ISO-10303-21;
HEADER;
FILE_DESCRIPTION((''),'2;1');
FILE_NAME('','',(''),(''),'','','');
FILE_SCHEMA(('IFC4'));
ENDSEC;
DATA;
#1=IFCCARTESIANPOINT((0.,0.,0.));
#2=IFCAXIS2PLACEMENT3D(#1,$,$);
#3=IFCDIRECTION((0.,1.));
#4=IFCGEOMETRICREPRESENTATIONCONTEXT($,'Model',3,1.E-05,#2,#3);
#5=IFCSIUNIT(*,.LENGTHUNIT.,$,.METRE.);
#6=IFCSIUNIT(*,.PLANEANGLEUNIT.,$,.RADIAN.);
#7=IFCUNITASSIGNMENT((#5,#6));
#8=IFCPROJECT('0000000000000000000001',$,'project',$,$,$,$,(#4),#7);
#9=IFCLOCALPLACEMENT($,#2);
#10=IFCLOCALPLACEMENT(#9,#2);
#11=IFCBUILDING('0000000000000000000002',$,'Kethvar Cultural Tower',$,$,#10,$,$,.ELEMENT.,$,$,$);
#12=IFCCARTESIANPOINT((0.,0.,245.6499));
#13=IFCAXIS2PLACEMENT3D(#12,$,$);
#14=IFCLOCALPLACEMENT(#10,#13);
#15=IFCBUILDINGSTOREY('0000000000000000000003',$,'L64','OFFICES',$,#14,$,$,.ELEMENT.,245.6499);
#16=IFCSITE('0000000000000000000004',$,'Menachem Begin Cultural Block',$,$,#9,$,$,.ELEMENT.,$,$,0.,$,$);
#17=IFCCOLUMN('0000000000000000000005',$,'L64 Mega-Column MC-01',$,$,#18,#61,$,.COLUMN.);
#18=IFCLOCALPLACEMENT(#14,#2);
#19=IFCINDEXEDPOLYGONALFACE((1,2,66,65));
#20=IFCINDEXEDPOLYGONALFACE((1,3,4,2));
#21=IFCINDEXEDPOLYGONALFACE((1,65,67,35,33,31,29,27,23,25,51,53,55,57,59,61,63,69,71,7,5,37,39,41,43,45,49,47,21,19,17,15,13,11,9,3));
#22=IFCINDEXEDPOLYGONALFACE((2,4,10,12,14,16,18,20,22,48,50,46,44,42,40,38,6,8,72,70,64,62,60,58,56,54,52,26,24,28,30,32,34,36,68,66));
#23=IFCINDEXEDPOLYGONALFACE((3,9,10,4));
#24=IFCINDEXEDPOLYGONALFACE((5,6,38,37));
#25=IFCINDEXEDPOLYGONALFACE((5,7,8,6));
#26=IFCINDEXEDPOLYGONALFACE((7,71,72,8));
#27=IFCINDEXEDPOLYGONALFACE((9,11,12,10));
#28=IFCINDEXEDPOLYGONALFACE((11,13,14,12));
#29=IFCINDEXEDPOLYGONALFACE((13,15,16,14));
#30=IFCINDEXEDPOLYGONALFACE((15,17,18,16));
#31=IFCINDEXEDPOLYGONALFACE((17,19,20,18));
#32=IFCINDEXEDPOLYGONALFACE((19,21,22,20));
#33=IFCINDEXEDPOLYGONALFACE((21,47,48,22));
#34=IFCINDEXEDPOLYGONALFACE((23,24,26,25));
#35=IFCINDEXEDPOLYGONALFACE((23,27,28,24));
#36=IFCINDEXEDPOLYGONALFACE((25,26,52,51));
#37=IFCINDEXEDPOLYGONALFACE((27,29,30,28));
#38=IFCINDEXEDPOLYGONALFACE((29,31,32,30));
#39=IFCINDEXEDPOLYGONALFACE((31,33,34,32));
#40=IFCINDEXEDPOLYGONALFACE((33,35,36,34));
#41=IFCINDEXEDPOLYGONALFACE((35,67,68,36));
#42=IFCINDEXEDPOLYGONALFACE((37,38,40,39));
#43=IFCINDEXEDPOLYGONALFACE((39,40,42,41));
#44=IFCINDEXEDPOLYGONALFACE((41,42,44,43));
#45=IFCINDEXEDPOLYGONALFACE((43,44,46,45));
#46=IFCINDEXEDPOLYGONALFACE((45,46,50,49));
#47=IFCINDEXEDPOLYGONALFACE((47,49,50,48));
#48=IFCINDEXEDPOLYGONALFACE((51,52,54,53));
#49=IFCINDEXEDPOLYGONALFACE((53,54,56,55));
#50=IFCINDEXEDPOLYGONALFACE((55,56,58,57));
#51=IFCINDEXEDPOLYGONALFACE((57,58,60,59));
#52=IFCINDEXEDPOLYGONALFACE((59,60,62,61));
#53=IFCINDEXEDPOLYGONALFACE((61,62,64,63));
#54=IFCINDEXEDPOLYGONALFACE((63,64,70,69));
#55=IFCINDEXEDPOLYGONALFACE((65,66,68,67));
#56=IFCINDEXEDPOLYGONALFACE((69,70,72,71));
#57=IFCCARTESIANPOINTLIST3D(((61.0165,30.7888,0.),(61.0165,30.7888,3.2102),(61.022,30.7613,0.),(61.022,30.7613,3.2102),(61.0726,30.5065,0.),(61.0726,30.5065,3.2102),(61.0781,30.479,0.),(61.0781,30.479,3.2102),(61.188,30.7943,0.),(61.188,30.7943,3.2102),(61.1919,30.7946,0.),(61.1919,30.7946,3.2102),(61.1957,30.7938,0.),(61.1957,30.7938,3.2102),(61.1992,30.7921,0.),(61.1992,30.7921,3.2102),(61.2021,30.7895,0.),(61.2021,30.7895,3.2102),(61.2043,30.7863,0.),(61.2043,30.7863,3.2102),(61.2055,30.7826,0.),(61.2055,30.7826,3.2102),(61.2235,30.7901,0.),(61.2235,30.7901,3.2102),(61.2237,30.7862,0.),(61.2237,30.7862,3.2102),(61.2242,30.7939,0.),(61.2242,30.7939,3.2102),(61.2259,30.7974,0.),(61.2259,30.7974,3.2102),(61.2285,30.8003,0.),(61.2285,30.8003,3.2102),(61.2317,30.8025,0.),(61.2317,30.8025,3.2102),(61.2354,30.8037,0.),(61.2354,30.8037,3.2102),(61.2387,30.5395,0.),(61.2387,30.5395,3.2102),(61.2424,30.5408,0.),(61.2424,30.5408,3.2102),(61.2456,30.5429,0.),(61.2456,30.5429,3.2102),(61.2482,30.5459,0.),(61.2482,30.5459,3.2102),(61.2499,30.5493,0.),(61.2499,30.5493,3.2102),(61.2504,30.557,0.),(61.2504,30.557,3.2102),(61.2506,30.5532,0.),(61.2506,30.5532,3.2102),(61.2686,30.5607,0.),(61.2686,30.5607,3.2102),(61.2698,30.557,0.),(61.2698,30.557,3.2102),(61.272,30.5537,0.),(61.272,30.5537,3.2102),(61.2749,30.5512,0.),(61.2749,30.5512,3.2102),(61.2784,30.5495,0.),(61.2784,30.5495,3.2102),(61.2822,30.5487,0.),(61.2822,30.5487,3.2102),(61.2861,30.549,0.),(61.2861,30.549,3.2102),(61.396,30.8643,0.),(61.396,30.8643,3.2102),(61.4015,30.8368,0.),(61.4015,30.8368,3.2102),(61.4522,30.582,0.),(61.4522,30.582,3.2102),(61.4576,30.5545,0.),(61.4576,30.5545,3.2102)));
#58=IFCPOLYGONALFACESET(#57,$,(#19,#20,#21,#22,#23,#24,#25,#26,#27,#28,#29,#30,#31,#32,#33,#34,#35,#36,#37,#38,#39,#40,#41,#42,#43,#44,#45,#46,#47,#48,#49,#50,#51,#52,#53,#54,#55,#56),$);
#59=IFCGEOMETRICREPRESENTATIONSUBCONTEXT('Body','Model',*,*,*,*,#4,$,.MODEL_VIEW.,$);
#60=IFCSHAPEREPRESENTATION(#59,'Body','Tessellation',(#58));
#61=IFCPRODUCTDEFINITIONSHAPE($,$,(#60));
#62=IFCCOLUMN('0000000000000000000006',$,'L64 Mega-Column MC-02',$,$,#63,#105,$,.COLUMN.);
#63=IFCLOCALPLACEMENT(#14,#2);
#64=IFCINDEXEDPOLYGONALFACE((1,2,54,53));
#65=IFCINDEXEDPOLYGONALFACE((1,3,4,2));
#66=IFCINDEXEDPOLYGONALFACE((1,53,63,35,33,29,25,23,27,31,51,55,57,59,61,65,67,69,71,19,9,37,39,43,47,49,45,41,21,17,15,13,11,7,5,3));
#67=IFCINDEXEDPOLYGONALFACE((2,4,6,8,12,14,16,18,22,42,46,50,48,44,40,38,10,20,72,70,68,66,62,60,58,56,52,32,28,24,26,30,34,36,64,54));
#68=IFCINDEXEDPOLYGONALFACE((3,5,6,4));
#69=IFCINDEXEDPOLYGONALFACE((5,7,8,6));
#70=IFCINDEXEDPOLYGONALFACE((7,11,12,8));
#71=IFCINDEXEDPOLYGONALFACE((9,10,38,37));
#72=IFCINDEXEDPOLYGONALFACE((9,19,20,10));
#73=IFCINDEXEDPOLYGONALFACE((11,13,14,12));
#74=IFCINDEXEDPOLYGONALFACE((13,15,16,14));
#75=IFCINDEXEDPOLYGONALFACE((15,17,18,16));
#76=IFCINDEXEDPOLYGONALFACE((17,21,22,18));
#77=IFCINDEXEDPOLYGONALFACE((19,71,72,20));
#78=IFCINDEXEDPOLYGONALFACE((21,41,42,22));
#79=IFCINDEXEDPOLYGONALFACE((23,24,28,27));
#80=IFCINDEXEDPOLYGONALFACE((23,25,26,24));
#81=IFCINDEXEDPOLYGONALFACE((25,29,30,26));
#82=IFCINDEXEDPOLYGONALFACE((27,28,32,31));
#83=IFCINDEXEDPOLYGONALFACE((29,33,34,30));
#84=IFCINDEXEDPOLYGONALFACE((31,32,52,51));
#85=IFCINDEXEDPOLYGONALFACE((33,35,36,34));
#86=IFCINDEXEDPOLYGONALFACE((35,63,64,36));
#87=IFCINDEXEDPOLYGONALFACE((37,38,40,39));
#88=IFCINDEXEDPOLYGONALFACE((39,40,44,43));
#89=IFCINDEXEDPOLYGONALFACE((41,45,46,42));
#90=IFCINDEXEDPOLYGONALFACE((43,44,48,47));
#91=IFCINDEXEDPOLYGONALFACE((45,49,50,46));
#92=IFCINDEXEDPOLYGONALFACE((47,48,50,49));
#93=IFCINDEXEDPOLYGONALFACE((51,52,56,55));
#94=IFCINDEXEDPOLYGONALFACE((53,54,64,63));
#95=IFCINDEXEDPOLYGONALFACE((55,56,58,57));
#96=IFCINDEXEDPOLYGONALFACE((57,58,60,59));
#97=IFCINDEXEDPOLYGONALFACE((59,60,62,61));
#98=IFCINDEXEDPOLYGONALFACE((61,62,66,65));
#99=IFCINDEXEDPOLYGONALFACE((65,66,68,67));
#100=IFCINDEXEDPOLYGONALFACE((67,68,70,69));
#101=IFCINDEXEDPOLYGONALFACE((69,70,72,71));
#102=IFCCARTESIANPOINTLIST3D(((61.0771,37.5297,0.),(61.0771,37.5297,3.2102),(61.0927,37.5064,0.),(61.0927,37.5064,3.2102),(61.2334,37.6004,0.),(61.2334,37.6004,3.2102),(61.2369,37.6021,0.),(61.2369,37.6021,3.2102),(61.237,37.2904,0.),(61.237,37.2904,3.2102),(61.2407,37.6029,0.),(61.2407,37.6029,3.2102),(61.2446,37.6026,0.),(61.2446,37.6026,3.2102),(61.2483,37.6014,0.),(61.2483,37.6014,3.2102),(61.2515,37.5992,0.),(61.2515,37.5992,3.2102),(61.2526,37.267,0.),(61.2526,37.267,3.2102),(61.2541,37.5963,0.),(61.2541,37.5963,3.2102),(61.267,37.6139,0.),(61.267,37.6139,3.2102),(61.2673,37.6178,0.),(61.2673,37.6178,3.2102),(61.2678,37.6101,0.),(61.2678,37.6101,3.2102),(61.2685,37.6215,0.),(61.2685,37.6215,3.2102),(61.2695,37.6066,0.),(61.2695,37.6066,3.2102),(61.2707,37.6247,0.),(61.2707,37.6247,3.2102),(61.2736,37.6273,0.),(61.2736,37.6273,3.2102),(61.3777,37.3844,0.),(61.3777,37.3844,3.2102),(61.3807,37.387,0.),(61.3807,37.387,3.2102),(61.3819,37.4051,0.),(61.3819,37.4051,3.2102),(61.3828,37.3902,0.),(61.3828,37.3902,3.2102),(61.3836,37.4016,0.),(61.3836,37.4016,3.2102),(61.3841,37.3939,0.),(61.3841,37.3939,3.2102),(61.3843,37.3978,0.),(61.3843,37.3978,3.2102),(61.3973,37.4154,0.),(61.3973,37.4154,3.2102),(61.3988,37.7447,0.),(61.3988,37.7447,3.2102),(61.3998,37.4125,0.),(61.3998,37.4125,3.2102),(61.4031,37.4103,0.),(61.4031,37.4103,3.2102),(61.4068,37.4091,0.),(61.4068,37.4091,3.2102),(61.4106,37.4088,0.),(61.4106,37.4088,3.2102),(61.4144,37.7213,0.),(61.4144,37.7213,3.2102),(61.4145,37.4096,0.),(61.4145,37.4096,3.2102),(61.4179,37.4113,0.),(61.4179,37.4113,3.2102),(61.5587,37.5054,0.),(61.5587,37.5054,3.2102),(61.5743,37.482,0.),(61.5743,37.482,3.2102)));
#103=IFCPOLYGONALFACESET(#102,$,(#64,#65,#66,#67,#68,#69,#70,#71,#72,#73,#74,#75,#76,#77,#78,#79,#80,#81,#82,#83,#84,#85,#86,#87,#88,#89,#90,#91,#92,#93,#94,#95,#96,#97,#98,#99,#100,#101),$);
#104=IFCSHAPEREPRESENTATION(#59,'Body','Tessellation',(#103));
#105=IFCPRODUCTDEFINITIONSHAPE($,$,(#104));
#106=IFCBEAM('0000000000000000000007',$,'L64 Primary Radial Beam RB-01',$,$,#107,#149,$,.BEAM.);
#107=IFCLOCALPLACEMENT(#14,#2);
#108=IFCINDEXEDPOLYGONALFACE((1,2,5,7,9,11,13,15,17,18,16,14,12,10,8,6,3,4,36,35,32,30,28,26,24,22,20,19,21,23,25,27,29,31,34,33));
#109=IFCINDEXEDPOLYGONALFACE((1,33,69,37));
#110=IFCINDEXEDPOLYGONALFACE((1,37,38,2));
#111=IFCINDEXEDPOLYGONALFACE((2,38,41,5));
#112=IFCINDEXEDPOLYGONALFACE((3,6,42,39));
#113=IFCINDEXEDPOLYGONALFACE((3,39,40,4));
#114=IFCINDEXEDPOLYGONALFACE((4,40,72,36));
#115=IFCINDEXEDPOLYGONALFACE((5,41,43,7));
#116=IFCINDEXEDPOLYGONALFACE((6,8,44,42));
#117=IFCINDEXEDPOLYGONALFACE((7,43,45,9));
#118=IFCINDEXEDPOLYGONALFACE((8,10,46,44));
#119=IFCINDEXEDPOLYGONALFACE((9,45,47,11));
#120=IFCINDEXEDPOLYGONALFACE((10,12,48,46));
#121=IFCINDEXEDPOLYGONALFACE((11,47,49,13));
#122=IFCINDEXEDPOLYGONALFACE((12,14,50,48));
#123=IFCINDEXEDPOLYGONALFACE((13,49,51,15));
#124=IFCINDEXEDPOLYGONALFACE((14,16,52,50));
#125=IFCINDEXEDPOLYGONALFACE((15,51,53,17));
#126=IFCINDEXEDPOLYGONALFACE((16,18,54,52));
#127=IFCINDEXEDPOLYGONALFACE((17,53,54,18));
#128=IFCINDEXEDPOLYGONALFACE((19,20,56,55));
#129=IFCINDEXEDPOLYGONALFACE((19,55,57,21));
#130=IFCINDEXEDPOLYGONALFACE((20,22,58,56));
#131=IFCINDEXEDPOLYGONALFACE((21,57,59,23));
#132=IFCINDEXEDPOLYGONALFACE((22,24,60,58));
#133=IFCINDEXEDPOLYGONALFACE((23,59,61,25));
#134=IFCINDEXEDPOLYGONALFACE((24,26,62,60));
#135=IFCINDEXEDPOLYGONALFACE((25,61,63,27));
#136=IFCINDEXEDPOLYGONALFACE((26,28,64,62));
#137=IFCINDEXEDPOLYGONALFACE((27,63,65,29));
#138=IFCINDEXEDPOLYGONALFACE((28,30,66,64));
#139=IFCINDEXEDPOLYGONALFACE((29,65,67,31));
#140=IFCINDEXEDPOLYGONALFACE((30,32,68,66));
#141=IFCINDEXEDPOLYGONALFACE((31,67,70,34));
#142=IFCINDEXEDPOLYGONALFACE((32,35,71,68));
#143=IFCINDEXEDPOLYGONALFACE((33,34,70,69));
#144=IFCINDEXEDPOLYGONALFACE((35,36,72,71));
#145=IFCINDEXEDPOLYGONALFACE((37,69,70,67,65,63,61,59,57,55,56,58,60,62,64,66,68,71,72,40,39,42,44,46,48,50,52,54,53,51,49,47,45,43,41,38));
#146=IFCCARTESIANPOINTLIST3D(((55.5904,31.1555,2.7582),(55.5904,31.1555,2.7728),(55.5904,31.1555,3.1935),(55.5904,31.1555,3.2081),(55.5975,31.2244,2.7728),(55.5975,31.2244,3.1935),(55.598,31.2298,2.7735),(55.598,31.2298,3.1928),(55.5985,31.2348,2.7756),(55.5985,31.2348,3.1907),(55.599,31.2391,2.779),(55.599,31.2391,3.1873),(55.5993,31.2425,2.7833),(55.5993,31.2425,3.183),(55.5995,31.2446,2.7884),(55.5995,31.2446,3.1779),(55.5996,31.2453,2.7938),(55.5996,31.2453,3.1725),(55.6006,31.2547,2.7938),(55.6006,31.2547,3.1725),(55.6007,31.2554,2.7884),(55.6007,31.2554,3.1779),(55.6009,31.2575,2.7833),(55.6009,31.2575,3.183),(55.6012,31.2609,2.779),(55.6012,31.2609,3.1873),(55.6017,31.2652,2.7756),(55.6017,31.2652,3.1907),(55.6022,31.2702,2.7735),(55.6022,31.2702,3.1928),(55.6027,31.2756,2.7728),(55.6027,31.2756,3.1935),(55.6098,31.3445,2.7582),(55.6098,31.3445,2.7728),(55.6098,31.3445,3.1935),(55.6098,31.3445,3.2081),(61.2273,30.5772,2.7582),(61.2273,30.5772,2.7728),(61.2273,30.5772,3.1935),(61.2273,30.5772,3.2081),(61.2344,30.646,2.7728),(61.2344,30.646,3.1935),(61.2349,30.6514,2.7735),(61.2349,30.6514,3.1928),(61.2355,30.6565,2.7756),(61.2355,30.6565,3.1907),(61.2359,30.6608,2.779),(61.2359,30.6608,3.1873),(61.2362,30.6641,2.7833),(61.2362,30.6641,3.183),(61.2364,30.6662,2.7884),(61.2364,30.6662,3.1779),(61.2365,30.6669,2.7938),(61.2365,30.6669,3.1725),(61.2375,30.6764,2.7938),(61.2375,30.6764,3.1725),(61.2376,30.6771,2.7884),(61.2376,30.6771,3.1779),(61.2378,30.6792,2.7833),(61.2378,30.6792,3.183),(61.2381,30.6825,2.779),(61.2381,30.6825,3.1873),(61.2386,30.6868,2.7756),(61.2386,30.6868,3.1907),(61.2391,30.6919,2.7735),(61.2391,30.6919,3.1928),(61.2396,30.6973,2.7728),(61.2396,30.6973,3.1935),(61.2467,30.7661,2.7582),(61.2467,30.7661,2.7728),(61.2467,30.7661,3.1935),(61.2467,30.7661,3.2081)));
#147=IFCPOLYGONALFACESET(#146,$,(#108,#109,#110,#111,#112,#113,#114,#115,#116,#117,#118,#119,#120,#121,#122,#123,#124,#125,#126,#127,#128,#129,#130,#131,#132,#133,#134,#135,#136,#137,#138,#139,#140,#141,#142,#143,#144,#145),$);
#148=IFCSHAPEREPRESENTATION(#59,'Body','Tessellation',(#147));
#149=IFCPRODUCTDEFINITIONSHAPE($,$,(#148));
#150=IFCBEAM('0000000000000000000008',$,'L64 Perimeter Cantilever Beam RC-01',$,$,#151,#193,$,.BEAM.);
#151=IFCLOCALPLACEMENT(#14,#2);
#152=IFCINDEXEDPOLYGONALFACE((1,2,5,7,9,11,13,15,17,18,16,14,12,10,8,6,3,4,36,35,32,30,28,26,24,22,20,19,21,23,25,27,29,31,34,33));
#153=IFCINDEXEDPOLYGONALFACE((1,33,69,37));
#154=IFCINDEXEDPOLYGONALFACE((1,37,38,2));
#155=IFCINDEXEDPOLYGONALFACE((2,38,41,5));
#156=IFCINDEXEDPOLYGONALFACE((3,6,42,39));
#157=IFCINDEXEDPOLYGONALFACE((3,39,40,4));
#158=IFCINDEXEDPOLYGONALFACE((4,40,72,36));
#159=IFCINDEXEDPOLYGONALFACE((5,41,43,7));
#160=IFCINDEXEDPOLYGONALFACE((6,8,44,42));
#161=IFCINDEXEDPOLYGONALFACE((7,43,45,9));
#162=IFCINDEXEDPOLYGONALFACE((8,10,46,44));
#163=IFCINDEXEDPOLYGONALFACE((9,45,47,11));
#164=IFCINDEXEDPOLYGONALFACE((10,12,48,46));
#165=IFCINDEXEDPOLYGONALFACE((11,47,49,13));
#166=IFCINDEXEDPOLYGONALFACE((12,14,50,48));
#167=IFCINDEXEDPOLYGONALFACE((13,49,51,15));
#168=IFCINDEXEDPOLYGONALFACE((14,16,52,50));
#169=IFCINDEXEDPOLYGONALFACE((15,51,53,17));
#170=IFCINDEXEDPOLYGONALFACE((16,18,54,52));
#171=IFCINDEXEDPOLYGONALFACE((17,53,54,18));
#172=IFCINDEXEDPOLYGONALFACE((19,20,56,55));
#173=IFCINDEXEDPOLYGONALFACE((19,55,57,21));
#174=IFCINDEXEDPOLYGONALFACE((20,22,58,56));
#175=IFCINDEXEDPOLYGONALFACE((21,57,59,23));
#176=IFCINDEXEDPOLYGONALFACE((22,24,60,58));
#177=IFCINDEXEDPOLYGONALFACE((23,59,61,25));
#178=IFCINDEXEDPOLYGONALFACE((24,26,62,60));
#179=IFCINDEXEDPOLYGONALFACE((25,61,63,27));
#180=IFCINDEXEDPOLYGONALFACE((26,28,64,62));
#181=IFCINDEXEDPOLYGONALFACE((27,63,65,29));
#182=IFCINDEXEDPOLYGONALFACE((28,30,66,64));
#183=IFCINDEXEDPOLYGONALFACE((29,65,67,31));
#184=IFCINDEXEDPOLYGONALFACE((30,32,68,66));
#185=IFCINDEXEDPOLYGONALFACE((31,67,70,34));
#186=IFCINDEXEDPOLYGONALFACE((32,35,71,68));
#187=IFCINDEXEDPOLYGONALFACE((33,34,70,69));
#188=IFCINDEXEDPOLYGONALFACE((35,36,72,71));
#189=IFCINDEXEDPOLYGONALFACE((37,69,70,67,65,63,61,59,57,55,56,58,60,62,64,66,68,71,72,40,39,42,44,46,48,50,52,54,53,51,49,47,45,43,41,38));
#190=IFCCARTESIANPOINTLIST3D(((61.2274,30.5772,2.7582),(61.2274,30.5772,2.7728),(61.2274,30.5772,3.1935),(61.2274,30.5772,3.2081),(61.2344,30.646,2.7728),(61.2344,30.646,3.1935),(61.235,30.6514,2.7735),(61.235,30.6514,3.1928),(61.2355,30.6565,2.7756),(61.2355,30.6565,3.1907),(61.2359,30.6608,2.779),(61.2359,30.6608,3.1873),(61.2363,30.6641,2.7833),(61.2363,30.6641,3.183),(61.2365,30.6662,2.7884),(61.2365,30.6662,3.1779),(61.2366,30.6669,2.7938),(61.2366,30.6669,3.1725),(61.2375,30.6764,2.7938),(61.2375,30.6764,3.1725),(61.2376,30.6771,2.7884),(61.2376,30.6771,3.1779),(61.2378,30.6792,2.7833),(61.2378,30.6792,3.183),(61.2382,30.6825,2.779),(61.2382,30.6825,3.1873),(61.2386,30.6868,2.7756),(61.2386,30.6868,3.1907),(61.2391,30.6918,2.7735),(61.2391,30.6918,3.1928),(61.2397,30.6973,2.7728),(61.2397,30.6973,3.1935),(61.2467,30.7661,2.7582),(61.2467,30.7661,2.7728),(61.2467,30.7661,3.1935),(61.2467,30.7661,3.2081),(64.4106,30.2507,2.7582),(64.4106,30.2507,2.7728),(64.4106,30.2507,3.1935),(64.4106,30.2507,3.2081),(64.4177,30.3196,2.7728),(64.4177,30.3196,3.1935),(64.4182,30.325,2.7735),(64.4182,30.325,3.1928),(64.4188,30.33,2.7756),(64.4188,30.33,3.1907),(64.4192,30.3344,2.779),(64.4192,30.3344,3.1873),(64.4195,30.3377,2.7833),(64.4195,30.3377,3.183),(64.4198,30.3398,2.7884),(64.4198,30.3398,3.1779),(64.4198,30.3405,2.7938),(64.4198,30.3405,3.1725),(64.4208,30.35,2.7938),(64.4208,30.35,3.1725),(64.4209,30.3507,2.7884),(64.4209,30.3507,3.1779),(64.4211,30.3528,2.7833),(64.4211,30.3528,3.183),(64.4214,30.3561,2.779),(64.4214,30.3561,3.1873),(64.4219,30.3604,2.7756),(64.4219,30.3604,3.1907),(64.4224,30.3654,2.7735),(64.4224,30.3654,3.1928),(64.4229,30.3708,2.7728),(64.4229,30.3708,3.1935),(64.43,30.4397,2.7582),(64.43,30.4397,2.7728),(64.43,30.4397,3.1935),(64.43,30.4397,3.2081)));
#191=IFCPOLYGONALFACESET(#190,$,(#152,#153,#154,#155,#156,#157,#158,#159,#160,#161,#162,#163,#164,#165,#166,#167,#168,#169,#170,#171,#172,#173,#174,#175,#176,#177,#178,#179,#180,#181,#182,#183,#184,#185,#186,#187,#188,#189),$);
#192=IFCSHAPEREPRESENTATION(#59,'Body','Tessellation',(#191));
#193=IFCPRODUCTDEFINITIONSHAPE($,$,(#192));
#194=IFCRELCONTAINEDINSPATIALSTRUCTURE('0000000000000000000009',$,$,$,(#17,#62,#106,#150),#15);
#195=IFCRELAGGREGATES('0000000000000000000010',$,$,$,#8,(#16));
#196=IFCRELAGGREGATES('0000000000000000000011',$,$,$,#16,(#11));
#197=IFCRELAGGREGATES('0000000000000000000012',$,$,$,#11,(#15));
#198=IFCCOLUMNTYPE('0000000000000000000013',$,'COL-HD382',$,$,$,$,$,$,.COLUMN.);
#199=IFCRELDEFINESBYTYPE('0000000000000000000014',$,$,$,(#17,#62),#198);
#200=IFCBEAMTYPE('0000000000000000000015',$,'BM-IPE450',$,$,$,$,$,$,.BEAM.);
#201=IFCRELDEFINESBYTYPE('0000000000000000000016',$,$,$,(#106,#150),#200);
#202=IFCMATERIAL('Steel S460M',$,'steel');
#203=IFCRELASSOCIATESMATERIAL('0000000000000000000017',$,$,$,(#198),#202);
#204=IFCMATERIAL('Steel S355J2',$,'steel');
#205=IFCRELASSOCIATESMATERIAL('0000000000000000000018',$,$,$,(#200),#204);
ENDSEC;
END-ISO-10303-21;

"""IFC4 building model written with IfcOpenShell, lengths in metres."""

from ifc_helpers import new_model, si_unit, direction, frame, origin, origin_2d, place, context, subcontext, project, spatial, i_section, extrude, source, transform, mapped, material, material_profile, profile_set, type_object, element, save


model = new_model("IFC4")

# Units and contexts
model_context = context("Model", 3, precision=1e-05, world=origin(), true_north=direction((0.0, 1.0)))
body_context = subcontext(model_context, "Body", "Model", "MODEL_VIEW")
ifc_project = project(units=[si_unit("LENGTHUNIT", "METRE"), si_unit("PLANEANGLEUNIT", "RADIAN")], contexts=[model_context])

# Site, building, storey
site_placement = place(None, origin())
site = spatial("IfcSite", under=ifc_project, at=site_placement, Name="Menachem Begin Cultural Block", CompositionType="ELEMENT", RefElevation=0.0)
building_placement = place(site_placement, origin())
building = spatial("IfcBuilding", under=site, at=building_placement, Name="Kethvar Cultural Tower", CompositionType="ELEMENT")
storey_placement = place(building_placement, frame((0.0, 0.0, 245.6499)))
storey = spatial("IfcBuildingStorey", under=building, at=storey_placement, Name="L64", Description="OFFICES", CompositionType="ELEMENT", Elevation=245.6499)

# Columns
ifc_material_1 = material(Name="Steel S460M", Category="steel")
ifc_material_profile_1 = material_profile(ifc_material_1, i_section(OverallWidth=0.387, OverallDepth=0.3159, WebThickness=0.0186, FlangeThickness=0.0281, FilletRadius=0.0149, at=origin_2d()), Name="Steel S460M — HD400x382")
ifc_profile_set_1 = profile_set([ifc_material_profile_1], Name="Steel S460M — HD400x382")
column_type = type_object("IfcColumnType", Name="COL-HD382", PredefinedType="COLUMN", material=ifc_profile_set_1)
shared_shape_1 = source(origin(), body_context, "Body", "SweptSolid", [
    extrude(i_section(OverallWidth=0.387, OverallDepth=0.3159, WebThickness=0.0186, FlangeThickness=0.0281, FilletRadius=0.0149, at=origin_2d()), origin(), (0.0, 0.0, 1.0), 3.2102),
])
for number, where, z_axis, x_axis, name in (
    (1, (61.2371, 30.6716, 0.0), (0.0, 0.0, 1.0), (0.980785, 0.19509, 0.0), "L64 Mega-Column MC-01"),
    (2, (61.3257, 37.5059, 0.0), (0.0, 0.0, 1.0), (0.83147, 0.55557, 0.0), "L64 Mega-Column MC-02"),
):
    element("IfcColumn", number, at=place(storey_placement, frame(where, z_axis=z_axis, x_axis=x_axis)), inside=storey, type_object=column_type, Name=name, PredefinedType="COLUMN", context=body_context, shape_type="MappedRepresentation", body=[
        mapped(shared_shape_1, transform((0.0, 0.0, 0.0), scale=1.0)),
    ])

# Beams
ifc_material_2 = material(Name="Steel S355J2", Category="steel")
ifc_material_profile_2 = material_profile(ifc_material_2, i_section(OverallWidth=0.1899, OverallDepth=0.45, WebThickness=0.0095, FlangeThickness=0.0146, FilletRadius=0.021, at=origin_2d()), Name="Steel S355J2 — IPE450")
ifc_profile_set_2 = profile_set([ifc_material_profile_2], Name="Steel S355J2 — IPE450")
beam_type_1 = type_object("IfcBeamType", Name="BM-IPE450", PredefinedType="BEAM", material=ifc_profile_set_2)
shared_shape_2 = source(origin(), body_context, "Body", "SweptSolid", [
    extrude(i_section(OverallWidth=0.1899, OverallDepth=0.45, WebThickness=0.0095, FlangeThickness=0.0146, FilletRadius=0.021, at=origin_2d()), origin(), (0.0, 0.0, 1.0), 5.6665),
])
beam_1_placement = place(storey_placement, frame((55.6001, 31.25, 2.9832), z_axis=(0.994778, -0.102067, 0.0), x_axis=(0.102067, 0.994778, 0.0)))
element("IfcBeam", 3, at=beam_1_placement, inside=storey, type_object=beam_type_1, Name="L64 Primary Radial Beam RB-01", PredefinedType="BEAM", context=body_context, shape_type="MappedRepresentation", body=[
    mapped(shared_shape_2, transform((0.0, 0.0, 0.0), scale=1.0)),
])
shared_shape_3 = source(origin(), body_context, "Body", "SweptSolid", [
    extrude(i_section(OverallWidth=0.1899, OverallDepth=0.45, WebThickness=0.0095, FlangeThickness=0.0146, FilletRadius=0.021, at=origin_2d()), origin(), (0.0, 0.0, 1.0), 3.2),
])
for number, where, z_axis, x_axis, name in (
    (4, (61.2371, 30.6716, 2.9832), (0.994784, -0.102004, 0.0), (0.102004, 0.994784, 0.0), "L64 Perimeter Cantilever Beam RC-01"),
):
    element("IfcBeam", number, at=place(storey_placement, frame(where, z_axis=z_axis, x_axis=x_axis)), inside=storey, type_object=beam_type_1, Name=name, PredefinedType="BEAM", context=body_context, shape_type="MappedRepresentation", body=[
        mapped(shared_shape_3, transform((0.0, 0.0, 0.0), scale=1.0)),
    ])

save(model, "model.ifc")
